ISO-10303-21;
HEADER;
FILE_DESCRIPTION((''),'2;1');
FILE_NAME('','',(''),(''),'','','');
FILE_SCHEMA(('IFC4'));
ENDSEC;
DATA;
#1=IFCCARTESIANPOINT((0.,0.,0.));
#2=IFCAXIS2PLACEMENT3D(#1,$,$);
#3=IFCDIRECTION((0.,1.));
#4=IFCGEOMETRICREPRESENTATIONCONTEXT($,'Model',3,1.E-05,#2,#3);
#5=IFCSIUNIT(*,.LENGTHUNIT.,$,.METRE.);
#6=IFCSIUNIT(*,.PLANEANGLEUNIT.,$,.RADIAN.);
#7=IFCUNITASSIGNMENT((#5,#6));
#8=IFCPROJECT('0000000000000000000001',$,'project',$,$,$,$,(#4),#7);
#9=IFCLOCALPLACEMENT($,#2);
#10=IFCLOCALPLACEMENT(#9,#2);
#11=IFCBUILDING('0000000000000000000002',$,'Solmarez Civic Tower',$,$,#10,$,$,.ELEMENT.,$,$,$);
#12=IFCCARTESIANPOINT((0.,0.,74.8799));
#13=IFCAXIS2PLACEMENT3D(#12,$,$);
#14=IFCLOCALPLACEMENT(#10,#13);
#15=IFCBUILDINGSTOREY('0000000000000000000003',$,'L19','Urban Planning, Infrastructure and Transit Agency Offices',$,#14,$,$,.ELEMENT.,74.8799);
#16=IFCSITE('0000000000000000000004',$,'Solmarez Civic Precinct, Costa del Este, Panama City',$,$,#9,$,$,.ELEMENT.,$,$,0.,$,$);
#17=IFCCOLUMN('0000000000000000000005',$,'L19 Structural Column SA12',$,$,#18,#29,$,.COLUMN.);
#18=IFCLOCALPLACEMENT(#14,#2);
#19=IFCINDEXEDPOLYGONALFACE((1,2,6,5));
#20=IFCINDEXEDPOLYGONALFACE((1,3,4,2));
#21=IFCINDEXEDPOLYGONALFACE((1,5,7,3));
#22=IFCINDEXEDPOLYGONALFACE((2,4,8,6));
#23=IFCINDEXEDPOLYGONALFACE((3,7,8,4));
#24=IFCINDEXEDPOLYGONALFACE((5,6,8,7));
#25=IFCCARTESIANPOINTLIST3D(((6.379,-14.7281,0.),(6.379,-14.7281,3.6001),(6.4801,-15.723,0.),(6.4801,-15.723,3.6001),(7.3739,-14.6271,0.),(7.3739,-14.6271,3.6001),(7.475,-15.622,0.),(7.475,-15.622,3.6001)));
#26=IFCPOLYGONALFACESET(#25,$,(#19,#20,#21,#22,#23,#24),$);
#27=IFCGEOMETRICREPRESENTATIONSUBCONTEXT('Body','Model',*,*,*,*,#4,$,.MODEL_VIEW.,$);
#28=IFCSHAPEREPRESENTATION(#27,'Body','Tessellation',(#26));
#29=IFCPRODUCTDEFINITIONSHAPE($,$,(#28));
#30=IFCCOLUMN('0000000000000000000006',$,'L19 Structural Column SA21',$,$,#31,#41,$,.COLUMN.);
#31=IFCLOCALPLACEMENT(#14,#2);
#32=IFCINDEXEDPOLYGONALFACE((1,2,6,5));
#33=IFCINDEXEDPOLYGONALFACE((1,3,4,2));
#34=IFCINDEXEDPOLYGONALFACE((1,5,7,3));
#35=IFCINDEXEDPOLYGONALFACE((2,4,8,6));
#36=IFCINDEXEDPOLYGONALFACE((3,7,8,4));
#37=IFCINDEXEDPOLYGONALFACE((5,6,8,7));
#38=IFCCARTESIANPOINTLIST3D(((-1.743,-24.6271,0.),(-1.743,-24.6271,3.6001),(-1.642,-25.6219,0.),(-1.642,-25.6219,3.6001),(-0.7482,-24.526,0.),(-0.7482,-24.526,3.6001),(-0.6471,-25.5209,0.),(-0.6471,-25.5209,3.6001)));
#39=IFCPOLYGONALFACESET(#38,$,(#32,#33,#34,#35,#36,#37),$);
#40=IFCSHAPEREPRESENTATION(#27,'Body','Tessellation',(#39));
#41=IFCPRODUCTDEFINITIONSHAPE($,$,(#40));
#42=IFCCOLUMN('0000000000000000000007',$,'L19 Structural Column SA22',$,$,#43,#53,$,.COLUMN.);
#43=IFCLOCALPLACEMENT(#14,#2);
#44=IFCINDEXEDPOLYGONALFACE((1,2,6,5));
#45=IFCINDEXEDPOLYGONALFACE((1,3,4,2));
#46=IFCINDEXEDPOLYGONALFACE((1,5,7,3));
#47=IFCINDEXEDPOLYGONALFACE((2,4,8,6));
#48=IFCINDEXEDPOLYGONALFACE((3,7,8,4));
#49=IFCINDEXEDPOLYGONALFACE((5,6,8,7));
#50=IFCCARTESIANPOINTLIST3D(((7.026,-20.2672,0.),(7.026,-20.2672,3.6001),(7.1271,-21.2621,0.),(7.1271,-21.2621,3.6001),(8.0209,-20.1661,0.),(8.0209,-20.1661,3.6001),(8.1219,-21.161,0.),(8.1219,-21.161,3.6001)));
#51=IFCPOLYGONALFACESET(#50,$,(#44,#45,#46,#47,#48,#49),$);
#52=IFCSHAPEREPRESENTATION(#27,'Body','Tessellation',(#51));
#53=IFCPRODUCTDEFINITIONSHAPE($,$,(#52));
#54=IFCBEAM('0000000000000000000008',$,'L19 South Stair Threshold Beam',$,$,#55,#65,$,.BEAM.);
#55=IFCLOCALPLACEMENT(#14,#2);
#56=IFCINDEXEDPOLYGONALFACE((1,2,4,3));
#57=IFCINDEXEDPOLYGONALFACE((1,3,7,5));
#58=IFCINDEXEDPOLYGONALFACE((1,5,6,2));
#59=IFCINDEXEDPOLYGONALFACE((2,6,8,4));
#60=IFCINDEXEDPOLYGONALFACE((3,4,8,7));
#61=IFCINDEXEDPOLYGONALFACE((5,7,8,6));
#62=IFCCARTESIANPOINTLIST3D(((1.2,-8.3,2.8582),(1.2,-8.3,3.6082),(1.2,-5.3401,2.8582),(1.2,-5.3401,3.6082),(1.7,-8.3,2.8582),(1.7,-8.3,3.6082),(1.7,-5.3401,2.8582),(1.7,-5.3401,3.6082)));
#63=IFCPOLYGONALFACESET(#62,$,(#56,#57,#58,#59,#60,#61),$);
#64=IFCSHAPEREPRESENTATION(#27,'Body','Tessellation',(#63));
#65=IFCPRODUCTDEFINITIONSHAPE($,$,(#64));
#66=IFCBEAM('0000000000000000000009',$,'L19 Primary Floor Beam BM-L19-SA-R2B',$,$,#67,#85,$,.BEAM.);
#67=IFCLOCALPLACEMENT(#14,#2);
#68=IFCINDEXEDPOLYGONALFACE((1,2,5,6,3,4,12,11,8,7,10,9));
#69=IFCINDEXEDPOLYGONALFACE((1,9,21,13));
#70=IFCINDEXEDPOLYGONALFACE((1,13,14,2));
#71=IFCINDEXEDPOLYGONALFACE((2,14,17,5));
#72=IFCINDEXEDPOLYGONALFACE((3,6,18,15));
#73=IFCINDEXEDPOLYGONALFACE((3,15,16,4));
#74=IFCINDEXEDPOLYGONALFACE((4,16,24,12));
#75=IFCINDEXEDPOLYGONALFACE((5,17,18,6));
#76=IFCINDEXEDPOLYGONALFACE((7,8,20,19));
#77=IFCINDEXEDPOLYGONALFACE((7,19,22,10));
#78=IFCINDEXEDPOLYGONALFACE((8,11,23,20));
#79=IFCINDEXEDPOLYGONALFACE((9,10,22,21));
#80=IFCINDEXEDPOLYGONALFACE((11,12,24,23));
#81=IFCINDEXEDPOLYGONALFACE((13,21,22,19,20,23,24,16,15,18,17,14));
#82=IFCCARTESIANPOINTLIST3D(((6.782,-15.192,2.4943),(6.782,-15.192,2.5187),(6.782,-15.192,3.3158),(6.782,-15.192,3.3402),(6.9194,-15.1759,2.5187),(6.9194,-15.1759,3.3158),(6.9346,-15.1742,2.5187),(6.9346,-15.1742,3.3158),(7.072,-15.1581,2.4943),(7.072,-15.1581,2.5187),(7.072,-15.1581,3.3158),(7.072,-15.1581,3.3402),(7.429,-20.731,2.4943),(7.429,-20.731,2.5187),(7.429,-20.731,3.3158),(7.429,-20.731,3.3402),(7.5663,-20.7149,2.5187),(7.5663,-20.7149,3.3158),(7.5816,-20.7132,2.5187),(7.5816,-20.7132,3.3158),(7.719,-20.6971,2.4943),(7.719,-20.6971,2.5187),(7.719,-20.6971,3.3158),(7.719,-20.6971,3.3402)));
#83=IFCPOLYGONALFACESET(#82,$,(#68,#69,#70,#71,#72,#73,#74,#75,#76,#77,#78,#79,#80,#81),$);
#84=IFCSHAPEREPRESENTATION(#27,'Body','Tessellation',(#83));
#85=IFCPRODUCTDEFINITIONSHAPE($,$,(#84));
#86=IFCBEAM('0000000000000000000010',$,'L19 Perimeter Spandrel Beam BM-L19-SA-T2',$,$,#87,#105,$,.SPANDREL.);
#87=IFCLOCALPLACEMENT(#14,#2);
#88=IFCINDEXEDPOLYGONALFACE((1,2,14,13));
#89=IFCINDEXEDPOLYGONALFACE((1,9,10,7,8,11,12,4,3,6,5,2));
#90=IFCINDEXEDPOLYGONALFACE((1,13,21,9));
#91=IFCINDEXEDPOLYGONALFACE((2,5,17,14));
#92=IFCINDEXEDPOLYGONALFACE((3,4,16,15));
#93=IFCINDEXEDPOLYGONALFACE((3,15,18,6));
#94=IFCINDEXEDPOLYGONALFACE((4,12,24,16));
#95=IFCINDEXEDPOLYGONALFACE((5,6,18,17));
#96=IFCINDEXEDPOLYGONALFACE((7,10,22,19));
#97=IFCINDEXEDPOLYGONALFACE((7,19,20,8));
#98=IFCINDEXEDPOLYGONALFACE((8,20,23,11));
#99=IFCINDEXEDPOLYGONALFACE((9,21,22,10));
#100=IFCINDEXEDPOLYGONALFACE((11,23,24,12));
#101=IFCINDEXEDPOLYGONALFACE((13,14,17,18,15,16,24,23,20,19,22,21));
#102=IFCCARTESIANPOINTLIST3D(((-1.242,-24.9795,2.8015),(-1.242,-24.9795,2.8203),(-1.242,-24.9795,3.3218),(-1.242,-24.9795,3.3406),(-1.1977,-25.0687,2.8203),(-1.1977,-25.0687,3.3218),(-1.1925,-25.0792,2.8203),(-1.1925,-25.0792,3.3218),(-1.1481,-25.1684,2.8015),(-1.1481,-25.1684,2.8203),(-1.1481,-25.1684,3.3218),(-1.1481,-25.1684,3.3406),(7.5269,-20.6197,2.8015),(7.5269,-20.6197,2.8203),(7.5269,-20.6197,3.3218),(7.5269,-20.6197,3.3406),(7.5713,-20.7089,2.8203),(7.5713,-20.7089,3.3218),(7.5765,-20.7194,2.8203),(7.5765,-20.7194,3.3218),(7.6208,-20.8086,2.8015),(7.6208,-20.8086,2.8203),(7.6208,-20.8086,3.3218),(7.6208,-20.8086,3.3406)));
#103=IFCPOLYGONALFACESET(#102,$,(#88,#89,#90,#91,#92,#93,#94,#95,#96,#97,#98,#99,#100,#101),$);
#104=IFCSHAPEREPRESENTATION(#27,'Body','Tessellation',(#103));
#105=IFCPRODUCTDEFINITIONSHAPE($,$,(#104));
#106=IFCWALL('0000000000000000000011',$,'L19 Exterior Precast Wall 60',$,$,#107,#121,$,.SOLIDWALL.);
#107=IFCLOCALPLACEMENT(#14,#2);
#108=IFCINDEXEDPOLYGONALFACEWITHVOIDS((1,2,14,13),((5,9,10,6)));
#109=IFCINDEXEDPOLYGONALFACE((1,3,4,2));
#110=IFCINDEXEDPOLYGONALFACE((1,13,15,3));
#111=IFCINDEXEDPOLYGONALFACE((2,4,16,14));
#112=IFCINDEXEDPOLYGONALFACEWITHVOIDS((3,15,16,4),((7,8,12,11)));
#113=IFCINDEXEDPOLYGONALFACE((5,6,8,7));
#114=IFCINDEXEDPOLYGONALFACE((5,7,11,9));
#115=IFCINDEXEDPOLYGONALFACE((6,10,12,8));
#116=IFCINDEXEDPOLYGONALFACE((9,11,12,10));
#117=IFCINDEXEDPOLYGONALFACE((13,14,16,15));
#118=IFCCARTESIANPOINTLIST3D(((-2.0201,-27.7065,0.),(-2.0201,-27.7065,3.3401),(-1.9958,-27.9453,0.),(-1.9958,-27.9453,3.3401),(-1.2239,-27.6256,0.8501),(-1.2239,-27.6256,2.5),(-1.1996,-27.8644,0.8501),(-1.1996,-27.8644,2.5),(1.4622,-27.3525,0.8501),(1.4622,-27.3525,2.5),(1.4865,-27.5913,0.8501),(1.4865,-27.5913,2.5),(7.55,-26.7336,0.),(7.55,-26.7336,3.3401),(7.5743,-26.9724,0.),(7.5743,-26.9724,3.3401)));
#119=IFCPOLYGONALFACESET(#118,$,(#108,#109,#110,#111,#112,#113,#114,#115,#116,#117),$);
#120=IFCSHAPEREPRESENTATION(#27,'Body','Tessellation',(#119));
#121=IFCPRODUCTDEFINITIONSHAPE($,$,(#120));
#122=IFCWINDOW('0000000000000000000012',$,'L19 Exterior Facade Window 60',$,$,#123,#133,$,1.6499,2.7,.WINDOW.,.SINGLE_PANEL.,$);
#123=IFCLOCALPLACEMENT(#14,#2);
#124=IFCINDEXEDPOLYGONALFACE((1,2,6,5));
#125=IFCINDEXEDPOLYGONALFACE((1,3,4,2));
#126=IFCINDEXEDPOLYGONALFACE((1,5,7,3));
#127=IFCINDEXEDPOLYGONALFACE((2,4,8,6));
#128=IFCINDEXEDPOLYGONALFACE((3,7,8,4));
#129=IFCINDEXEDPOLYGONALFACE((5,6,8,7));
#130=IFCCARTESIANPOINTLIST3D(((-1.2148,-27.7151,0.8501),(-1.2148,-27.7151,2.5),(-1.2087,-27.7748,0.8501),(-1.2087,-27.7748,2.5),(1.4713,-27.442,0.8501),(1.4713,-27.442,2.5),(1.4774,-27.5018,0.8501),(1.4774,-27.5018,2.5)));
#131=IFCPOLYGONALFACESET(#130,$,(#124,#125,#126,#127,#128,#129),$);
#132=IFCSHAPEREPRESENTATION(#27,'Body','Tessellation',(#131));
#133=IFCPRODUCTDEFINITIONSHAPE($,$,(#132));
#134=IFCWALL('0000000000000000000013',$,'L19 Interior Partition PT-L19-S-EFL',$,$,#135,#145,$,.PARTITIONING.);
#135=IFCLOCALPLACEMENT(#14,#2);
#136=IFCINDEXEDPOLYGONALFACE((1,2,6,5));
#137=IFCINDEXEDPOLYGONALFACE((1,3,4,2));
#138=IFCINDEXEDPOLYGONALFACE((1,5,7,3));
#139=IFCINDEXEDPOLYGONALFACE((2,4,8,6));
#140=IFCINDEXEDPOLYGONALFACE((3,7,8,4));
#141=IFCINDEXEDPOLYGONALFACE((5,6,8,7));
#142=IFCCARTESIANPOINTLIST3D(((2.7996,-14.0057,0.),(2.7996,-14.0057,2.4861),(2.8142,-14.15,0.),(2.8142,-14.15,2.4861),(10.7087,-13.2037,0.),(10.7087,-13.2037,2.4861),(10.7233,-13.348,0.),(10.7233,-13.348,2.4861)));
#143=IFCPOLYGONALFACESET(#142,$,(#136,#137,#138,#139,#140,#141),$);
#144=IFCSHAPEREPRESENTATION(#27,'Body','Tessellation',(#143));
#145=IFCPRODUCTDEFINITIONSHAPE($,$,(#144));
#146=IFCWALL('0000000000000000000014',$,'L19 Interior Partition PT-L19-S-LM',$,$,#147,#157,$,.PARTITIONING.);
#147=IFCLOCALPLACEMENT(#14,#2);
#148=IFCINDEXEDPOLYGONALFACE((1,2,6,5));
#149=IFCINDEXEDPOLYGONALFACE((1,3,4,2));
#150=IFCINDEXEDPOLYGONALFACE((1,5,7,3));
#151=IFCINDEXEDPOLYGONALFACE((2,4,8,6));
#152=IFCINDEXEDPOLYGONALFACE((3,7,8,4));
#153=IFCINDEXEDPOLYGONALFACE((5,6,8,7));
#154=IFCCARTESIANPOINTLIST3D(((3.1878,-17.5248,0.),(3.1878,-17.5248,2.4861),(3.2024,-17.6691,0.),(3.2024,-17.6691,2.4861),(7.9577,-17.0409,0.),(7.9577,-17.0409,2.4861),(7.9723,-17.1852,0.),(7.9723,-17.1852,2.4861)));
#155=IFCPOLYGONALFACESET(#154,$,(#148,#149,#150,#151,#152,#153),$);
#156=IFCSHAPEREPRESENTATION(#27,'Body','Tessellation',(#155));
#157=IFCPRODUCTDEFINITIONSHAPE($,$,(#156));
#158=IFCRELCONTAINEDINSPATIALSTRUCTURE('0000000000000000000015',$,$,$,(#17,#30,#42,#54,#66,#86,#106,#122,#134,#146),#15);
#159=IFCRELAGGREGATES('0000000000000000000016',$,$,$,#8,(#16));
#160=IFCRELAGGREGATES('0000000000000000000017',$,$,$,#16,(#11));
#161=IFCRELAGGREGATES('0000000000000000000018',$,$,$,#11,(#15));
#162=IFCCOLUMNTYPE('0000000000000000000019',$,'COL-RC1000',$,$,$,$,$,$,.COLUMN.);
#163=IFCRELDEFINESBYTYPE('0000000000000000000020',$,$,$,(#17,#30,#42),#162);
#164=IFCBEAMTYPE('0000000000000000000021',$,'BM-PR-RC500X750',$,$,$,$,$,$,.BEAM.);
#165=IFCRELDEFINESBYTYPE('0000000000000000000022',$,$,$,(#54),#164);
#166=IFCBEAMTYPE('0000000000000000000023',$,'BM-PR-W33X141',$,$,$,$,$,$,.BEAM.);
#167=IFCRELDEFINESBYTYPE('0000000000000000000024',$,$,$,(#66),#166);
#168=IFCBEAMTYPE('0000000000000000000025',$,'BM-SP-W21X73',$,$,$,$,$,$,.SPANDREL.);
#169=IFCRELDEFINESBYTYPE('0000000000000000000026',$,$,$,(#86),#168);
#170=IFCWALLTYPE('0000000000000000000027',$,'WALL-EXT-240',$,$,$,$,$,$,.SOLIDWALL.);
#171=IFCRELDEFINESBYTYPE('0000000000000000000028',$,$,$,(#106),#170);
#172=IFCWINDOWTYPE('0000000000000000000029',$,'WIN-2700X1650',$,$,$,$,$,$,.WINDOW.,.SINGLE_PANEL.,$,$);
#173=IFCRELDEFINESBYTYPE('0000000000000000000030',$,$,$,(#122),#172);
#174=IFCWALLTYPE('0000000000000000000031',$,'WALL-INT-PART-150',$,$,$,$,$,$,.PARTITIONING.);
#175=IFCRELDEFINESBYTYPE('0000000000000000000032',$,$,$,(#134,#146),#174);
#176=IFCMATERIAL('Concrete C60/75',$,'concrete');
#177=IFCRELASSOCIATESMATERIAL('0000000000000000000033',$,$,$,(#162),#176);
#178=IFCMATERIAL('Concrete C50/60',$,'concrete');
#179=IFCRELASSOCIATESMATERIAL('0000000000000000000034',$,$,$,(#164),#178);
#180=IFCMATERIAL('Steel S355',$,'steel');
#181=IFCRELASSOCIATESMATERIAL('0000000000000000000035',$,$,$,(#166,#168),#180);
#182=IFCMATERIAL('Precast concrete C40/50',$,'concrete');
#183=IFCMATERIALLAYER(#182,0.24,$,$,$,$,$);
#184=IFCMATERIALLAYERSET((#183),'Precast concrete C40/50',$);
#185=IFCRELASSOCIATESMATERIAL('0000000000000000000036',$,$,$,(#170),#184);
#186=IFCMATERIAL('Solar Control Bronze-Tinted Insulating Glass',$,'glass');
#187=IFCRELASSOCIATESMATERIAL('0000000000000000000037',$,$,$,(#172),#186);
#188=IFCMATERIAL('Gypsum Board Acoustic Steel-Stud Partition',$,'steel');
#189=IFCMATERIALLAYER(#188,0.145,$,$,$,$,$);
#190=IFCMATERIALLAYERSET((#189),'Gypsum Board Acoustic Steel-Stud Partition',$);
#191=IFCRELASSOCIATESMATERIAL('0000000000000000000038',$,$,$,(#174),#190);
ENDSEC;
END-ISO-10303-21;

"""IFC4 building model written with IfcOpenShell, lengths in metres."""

from ifc_helpers import new_model, si_unit, direction, frame, frame_2d, origin, origin_2d, place, context, subcontext, project, spatial, rectangle, i_section, extrude, material, layer, layer_set, material_profile, profile_set, type_object, element, fill, save


model = new_model("IFC4")

# Units and contexts
model_context = context("Model", 3, precision=1e-05, world=origin(), true_north=direction((0.0, 1.0)))
body_context = subcontext(model_context, "Body", "Model", "MODEL_VIEW")
ifc_project = project(units=[si_unit("LENGTHUNIT", "METRE"), si_unit("PLANEANGLEUNIT", "RADIAN")], contexts=[model_context])

# Site, building, storey
site_placement = place(None, origin())
site = spatial("IfcSite", under=ifc_project, at=site_placement, Name="Solmarez Civic Precinct, Costa del Este, Panama City", CompositionType="ELEMENT", RefElevation=0.0)
building_placement = place(site_placement, origin())
building = spatial("IfcBuilding", under=site, at=building_placement, Name="Solmarez Civic Tower", CompositionType="ELEMENT")
storey_placement = place(building_placement, frame((0.0, 0.0, 74.8799)))
storey = spatial("IfcBuildingStorey", under=building, at=storey_placement, Name="L19", Description="Urban Planning, Infrastructure and Transit Agency Offices", CompositionType="ELEMENT", Elevation=74.8799)

# Columns
ifc_material_1 = material(Name="Concrete C60/75", Category="concrete")
ifc_material_profile_1 = material_profile(ifc_material_1, rectangle(XDim=1.0, YDim=1.0, at=origin_2d()), Name="RC1000X1000")
ifc_profile_set_1 = profile_set([ifc_material_profile_1], Name="Concrete C60/75")
column_type = type_object("IfcColumnType", Name="COL-RC1000", PredefinedType="COLUMN", material=ifc_profile_set_1)
for number, where, z_axis, x_axis, name in (
    (1, (6.927, -15.175, 0.0), (0.0, 0.0, 1.0), (0.994881, 0.101056, 0.0), "L19 Structural Column SA12"),
    (2, (-1.1951, -25.074, 0.0), (0.0, 0.0, 1.0), (0.994881, 0.101056, 0.0), "L19 Structural Column SA21"),
    (3, (7.574, -20.7141, 0.0), (0.0, 0.0, 1.0), (0.994881, 0.101056, 0.0), "L19 Structural Column SA22"),
):
    element("IfcColumn", number, at=place(storey_placement, frame(where, z_axis=z_axis, x_axis=x_axis)), inside=storey, type_object=column_type, Name=name, PredefinedType="COLUMN", context=body_context, shape_type="SweptSolid", body=[
        extrude(rectangle(XDim=1.0, YDim=1.0, at=origin_2d()), origin(), (0.0, 0.0, 1.0), 3.6001),
    ])

# Beams
ifc_material_2 = material(Name="Concrete C50/60", Category="concrete")
ifc_material_profile_2 = material_profile(ifc_material_2, rectangle(XDim=0.5, YDim=0.75, at=origin_2d()), Name="RC500X750")
ifc_profile_set_2 = profile_set([ifc_material_profile_2], Name="Concrete C50/60")
beam_type_1 = type_object("IfcBeamType", Name="BM-PR-RC500X750", PredefinedType="BEAM", material=ifc_profile_set_2)
beam_1_placement = place(storey_placement, frame((1.45, -8.3, 3.2332), z_axis=(0.0, 1.0, 0.0), x_axis=(-1.0, 0.0, 0.0)))
element("IfcBeam", 4, at=beam_1_placement, inside=storey, type_object=beam_type_1, Name="L19 South Stair Threshold Beam", PredefinedType="BEAM", context=body_context, shape_type="SweptSolid", body=[
    extrude(rectangle(XDim=0.5, YDim=0.75, at=origin_2d()), origin(), (0.0, 0.0, 1.0), 2.96),
])
ifc_material_3 = material(Name="Steel S355", Category="steel")
ifc_material_profile_3 = material_profile(ifc_material_3, i_section(OverallWidth=0.292, OverallDepth=0.8459, WebThickness=0.0154, FlangeThickness=0.0244, at=origin_2d()), Name="W33X141")
ifc_profile_set_3 = profile_set([ifc_material_profile_3], Name="Steel S355")
beam_type_2 = type_object("IfcBeamType", Name="BM-PR-W33X141", PredefinedType="BEAM", material=ifc_profile_set_3)
beam_2_placement = place(storey_placement, frame((6.927, -15.175, 2.9172), z_axis=(0.116013, -0.993248, 0.0), x_axis=(0.993248, 0.116013, 0.0)))
element("IfcBeam", 5, at=beam_2_placement, inside=storey, type_object=beam_type_2, Name="L19 Primary Floor Beam BM-L19-SA-R2B", PredefinedType="BEAM", context=body_context, shape_type="SweptSolid", body=[
    extrude(i_section(OverallWidth=0.292, OverallDepth=0.8459, WebThickness=0.0154, FlangeThickness=0.0244, at=origin_2d()), origin(), (0.0, 0.0, 1.0), 5.5767),
])
ifc_material_profile_4 = material_profile(ifc_material_3, i_section(OverallWidth=0.2109, OverallDepth=0.5391, WebThickness=0.0117, FlangeThickness=0.0188, at=origin_2d()), Name="W21X73")
ifc_profile_set_4 = profile_set([ifc_material_profile_4], Name="Steel S355")
beam_type_3 = type_object("IfcBeamType", Name="BM-SP-W21X73", PredefinedType="SPANDREL", material=ifc_profile_set_4)
beam_3_placement = place(storey_placement, frame((-1.1951, -25.074, 3.071), z_axis=(0.895432, 0.445198, 0.0), x_axis=(-0.445198, 0.895432, 0.0)))
element("IfcBeam", 6, at=beam_3_placement, inside=storey, type_object=beam_type_3, Name="L19 Perimeter Spandrel Beam BM-L19-SA-T2", PredefinedType="SPANDREL", context=body_context, shape_type="SweptSolid", body=[
    extrude(i_section(OverallWidth=0.2109, OverallDepth=0.5391, WebThickness=0.0117, FlangeThickness=0.0188, at=origin_2d()), origin(), (0.0, 0.0, 1.0), 9.793),
])

# Wall, opening, window
ifc_material_4 = material(Name="Precast concrete C40/50", Category="concrete")
ifc_layer_1 = layer(ifc_material_4, 0.24)
ifc_layer_set_1 = layer_set([ifc_layer_1], Name="Precast concrete C40/50")
wall_type_1 = type_object("IfcWallType", Name="WALL-EXT-240", PredefinedType="SOLIDWALL", material=ifc_layer_set_1)
wall_1_placement = place(storey_placement, frame((7.562, -26.853, 0.0), z_axis=(0.0, 0.0, 1.0), x_axis=(-0.994872, -0.101139, 0.0)))
wall_1 = element("IfcWall", 7, at=wall_1_placement, inside=storey, type_object=wall_type_1, Name="L19 Exterior Precast Wall 60", PredefinedType="SOLIDWALL", context=body_context, shape_type="SweptSolid", body=[
    extrude(rectangle(XDim=9.6194, YDim=0.24, at=frame_2d((4.8096, 0.0))), origin(), (0.0, 0.0, 1.0), 3.3401),
])
opening_1_placement = place(wall_1_placement, frame((6.1189, 0.0, 0.8501)))
opening_1 = element("IfcOpeningElement", 8, at=opening_1_placement, cuts=wall_1, PredefinedType="OPENING", context=body_context, shape_type="SweptSolid", body=[
    extrude(rectangle(XDim=2.7, YDim=1.6499, at=frame_2d((1.3501, 0.825))), frame((0.0, 0.1299, 0.0), z_axis=(0.0, -1.0, 0.0), x_axis=(1.0, 0.0, 0.0)), (0.0, 0.0, 1.0), 0.26),
])
ifc_material_5 = material(Name="Solar Control Bronze-Tinted Insulating Glass", Category="glass")
window_type = type_object("IfcWindowType", Name="WIN-2700X1650", PartitioningType="SINGLE_PANEL", PredefinedType="WINDOW", material=ifc_material_5)
window_placement = place(opening_1_placement, origin())
window = element("IfcWindow", 9, at=window_placement, inside=storey, type_object=window_type, Name="L19 Exterior Facade Window 60", OverallHeight=1.6499, OverallWidth=2.7, PartitioningType="SINGLE_PANEL", PredefinedType="WINDOW", context=body_context, shape_type="SweptSolid", body=[
    extrude(rectangle(XDim=2.7, YDim=1.6499, at=frame_2d((1.3501, 0.825))), frame((0.0, 0.03, 0.0), z_axis=(0.0, -1.0, 0.0), x_axis=(1.0, 0.0, 0.0)), (0.0, 0.0, 1.0), 0.0601),
])
fill(opening_1, window)

# Walls
ifc_material_6 = material(Name="Gypsum Board Acoustic Steel-Stud Partition", Category="steel")
ifc_layer_2 = layer(ifc_material_6, 0.145)
ifc_layer_set_2 = layer_set([ifc_layer_2], Name="Gypsum Board Acoustic Steel-Stud Partition")
wall_type_2 = type_object("IfcWallType", Name="WALL-INT-PART-150", PredefinedType="PARTITIONING", material=ifc_layer_set_2)
wall_2_placement = place(storey_placement, frame((2.8069, -14.0779, 0.0), z_axis=(0.0, 0.0, 1.0), x_axis=(0.994898, 0.100884, 0.0)))
element("IfcWall", 10, at=wall_2_placement, inside=storey, type_object=wall_type_2, Name="L19 Interior Partition PT-L19-S-EFL", PredefinedType="PARTITIONING", context=body_context, shape_type="SweptSolid", body=[
    extrude(rectangle(XDim=7.9497, YDim=0.145, at=frame_2d((3.9749, 0.0))), origin(), (0.0, 0.0, 1.0), 2.4861),
])
wall_3_placement = place(storey_placement, frame((3.1951, -17.5969, 0.0), z_axis=(0.0, 0.0, 1.0), x_axis=(0.994894, 0.100925, 0.0)))
element("IfcWall", 11, at=wall_3_placement, inside=storey, type_object=wall_type_2, Name="L19 Interior Partition PT-L19-S-LM", PredefinedType="PARTITIONING", context=body_context, shape_type="SweptSolid", body=[
    extrude(rectangle(XDim=4.7944, YDim=0.145, at=frame_2d((2.3972, 0.0))), origin(), (0.0, 0.0, 1.0), 2.4861),
])

save(model, "model.ifc")
